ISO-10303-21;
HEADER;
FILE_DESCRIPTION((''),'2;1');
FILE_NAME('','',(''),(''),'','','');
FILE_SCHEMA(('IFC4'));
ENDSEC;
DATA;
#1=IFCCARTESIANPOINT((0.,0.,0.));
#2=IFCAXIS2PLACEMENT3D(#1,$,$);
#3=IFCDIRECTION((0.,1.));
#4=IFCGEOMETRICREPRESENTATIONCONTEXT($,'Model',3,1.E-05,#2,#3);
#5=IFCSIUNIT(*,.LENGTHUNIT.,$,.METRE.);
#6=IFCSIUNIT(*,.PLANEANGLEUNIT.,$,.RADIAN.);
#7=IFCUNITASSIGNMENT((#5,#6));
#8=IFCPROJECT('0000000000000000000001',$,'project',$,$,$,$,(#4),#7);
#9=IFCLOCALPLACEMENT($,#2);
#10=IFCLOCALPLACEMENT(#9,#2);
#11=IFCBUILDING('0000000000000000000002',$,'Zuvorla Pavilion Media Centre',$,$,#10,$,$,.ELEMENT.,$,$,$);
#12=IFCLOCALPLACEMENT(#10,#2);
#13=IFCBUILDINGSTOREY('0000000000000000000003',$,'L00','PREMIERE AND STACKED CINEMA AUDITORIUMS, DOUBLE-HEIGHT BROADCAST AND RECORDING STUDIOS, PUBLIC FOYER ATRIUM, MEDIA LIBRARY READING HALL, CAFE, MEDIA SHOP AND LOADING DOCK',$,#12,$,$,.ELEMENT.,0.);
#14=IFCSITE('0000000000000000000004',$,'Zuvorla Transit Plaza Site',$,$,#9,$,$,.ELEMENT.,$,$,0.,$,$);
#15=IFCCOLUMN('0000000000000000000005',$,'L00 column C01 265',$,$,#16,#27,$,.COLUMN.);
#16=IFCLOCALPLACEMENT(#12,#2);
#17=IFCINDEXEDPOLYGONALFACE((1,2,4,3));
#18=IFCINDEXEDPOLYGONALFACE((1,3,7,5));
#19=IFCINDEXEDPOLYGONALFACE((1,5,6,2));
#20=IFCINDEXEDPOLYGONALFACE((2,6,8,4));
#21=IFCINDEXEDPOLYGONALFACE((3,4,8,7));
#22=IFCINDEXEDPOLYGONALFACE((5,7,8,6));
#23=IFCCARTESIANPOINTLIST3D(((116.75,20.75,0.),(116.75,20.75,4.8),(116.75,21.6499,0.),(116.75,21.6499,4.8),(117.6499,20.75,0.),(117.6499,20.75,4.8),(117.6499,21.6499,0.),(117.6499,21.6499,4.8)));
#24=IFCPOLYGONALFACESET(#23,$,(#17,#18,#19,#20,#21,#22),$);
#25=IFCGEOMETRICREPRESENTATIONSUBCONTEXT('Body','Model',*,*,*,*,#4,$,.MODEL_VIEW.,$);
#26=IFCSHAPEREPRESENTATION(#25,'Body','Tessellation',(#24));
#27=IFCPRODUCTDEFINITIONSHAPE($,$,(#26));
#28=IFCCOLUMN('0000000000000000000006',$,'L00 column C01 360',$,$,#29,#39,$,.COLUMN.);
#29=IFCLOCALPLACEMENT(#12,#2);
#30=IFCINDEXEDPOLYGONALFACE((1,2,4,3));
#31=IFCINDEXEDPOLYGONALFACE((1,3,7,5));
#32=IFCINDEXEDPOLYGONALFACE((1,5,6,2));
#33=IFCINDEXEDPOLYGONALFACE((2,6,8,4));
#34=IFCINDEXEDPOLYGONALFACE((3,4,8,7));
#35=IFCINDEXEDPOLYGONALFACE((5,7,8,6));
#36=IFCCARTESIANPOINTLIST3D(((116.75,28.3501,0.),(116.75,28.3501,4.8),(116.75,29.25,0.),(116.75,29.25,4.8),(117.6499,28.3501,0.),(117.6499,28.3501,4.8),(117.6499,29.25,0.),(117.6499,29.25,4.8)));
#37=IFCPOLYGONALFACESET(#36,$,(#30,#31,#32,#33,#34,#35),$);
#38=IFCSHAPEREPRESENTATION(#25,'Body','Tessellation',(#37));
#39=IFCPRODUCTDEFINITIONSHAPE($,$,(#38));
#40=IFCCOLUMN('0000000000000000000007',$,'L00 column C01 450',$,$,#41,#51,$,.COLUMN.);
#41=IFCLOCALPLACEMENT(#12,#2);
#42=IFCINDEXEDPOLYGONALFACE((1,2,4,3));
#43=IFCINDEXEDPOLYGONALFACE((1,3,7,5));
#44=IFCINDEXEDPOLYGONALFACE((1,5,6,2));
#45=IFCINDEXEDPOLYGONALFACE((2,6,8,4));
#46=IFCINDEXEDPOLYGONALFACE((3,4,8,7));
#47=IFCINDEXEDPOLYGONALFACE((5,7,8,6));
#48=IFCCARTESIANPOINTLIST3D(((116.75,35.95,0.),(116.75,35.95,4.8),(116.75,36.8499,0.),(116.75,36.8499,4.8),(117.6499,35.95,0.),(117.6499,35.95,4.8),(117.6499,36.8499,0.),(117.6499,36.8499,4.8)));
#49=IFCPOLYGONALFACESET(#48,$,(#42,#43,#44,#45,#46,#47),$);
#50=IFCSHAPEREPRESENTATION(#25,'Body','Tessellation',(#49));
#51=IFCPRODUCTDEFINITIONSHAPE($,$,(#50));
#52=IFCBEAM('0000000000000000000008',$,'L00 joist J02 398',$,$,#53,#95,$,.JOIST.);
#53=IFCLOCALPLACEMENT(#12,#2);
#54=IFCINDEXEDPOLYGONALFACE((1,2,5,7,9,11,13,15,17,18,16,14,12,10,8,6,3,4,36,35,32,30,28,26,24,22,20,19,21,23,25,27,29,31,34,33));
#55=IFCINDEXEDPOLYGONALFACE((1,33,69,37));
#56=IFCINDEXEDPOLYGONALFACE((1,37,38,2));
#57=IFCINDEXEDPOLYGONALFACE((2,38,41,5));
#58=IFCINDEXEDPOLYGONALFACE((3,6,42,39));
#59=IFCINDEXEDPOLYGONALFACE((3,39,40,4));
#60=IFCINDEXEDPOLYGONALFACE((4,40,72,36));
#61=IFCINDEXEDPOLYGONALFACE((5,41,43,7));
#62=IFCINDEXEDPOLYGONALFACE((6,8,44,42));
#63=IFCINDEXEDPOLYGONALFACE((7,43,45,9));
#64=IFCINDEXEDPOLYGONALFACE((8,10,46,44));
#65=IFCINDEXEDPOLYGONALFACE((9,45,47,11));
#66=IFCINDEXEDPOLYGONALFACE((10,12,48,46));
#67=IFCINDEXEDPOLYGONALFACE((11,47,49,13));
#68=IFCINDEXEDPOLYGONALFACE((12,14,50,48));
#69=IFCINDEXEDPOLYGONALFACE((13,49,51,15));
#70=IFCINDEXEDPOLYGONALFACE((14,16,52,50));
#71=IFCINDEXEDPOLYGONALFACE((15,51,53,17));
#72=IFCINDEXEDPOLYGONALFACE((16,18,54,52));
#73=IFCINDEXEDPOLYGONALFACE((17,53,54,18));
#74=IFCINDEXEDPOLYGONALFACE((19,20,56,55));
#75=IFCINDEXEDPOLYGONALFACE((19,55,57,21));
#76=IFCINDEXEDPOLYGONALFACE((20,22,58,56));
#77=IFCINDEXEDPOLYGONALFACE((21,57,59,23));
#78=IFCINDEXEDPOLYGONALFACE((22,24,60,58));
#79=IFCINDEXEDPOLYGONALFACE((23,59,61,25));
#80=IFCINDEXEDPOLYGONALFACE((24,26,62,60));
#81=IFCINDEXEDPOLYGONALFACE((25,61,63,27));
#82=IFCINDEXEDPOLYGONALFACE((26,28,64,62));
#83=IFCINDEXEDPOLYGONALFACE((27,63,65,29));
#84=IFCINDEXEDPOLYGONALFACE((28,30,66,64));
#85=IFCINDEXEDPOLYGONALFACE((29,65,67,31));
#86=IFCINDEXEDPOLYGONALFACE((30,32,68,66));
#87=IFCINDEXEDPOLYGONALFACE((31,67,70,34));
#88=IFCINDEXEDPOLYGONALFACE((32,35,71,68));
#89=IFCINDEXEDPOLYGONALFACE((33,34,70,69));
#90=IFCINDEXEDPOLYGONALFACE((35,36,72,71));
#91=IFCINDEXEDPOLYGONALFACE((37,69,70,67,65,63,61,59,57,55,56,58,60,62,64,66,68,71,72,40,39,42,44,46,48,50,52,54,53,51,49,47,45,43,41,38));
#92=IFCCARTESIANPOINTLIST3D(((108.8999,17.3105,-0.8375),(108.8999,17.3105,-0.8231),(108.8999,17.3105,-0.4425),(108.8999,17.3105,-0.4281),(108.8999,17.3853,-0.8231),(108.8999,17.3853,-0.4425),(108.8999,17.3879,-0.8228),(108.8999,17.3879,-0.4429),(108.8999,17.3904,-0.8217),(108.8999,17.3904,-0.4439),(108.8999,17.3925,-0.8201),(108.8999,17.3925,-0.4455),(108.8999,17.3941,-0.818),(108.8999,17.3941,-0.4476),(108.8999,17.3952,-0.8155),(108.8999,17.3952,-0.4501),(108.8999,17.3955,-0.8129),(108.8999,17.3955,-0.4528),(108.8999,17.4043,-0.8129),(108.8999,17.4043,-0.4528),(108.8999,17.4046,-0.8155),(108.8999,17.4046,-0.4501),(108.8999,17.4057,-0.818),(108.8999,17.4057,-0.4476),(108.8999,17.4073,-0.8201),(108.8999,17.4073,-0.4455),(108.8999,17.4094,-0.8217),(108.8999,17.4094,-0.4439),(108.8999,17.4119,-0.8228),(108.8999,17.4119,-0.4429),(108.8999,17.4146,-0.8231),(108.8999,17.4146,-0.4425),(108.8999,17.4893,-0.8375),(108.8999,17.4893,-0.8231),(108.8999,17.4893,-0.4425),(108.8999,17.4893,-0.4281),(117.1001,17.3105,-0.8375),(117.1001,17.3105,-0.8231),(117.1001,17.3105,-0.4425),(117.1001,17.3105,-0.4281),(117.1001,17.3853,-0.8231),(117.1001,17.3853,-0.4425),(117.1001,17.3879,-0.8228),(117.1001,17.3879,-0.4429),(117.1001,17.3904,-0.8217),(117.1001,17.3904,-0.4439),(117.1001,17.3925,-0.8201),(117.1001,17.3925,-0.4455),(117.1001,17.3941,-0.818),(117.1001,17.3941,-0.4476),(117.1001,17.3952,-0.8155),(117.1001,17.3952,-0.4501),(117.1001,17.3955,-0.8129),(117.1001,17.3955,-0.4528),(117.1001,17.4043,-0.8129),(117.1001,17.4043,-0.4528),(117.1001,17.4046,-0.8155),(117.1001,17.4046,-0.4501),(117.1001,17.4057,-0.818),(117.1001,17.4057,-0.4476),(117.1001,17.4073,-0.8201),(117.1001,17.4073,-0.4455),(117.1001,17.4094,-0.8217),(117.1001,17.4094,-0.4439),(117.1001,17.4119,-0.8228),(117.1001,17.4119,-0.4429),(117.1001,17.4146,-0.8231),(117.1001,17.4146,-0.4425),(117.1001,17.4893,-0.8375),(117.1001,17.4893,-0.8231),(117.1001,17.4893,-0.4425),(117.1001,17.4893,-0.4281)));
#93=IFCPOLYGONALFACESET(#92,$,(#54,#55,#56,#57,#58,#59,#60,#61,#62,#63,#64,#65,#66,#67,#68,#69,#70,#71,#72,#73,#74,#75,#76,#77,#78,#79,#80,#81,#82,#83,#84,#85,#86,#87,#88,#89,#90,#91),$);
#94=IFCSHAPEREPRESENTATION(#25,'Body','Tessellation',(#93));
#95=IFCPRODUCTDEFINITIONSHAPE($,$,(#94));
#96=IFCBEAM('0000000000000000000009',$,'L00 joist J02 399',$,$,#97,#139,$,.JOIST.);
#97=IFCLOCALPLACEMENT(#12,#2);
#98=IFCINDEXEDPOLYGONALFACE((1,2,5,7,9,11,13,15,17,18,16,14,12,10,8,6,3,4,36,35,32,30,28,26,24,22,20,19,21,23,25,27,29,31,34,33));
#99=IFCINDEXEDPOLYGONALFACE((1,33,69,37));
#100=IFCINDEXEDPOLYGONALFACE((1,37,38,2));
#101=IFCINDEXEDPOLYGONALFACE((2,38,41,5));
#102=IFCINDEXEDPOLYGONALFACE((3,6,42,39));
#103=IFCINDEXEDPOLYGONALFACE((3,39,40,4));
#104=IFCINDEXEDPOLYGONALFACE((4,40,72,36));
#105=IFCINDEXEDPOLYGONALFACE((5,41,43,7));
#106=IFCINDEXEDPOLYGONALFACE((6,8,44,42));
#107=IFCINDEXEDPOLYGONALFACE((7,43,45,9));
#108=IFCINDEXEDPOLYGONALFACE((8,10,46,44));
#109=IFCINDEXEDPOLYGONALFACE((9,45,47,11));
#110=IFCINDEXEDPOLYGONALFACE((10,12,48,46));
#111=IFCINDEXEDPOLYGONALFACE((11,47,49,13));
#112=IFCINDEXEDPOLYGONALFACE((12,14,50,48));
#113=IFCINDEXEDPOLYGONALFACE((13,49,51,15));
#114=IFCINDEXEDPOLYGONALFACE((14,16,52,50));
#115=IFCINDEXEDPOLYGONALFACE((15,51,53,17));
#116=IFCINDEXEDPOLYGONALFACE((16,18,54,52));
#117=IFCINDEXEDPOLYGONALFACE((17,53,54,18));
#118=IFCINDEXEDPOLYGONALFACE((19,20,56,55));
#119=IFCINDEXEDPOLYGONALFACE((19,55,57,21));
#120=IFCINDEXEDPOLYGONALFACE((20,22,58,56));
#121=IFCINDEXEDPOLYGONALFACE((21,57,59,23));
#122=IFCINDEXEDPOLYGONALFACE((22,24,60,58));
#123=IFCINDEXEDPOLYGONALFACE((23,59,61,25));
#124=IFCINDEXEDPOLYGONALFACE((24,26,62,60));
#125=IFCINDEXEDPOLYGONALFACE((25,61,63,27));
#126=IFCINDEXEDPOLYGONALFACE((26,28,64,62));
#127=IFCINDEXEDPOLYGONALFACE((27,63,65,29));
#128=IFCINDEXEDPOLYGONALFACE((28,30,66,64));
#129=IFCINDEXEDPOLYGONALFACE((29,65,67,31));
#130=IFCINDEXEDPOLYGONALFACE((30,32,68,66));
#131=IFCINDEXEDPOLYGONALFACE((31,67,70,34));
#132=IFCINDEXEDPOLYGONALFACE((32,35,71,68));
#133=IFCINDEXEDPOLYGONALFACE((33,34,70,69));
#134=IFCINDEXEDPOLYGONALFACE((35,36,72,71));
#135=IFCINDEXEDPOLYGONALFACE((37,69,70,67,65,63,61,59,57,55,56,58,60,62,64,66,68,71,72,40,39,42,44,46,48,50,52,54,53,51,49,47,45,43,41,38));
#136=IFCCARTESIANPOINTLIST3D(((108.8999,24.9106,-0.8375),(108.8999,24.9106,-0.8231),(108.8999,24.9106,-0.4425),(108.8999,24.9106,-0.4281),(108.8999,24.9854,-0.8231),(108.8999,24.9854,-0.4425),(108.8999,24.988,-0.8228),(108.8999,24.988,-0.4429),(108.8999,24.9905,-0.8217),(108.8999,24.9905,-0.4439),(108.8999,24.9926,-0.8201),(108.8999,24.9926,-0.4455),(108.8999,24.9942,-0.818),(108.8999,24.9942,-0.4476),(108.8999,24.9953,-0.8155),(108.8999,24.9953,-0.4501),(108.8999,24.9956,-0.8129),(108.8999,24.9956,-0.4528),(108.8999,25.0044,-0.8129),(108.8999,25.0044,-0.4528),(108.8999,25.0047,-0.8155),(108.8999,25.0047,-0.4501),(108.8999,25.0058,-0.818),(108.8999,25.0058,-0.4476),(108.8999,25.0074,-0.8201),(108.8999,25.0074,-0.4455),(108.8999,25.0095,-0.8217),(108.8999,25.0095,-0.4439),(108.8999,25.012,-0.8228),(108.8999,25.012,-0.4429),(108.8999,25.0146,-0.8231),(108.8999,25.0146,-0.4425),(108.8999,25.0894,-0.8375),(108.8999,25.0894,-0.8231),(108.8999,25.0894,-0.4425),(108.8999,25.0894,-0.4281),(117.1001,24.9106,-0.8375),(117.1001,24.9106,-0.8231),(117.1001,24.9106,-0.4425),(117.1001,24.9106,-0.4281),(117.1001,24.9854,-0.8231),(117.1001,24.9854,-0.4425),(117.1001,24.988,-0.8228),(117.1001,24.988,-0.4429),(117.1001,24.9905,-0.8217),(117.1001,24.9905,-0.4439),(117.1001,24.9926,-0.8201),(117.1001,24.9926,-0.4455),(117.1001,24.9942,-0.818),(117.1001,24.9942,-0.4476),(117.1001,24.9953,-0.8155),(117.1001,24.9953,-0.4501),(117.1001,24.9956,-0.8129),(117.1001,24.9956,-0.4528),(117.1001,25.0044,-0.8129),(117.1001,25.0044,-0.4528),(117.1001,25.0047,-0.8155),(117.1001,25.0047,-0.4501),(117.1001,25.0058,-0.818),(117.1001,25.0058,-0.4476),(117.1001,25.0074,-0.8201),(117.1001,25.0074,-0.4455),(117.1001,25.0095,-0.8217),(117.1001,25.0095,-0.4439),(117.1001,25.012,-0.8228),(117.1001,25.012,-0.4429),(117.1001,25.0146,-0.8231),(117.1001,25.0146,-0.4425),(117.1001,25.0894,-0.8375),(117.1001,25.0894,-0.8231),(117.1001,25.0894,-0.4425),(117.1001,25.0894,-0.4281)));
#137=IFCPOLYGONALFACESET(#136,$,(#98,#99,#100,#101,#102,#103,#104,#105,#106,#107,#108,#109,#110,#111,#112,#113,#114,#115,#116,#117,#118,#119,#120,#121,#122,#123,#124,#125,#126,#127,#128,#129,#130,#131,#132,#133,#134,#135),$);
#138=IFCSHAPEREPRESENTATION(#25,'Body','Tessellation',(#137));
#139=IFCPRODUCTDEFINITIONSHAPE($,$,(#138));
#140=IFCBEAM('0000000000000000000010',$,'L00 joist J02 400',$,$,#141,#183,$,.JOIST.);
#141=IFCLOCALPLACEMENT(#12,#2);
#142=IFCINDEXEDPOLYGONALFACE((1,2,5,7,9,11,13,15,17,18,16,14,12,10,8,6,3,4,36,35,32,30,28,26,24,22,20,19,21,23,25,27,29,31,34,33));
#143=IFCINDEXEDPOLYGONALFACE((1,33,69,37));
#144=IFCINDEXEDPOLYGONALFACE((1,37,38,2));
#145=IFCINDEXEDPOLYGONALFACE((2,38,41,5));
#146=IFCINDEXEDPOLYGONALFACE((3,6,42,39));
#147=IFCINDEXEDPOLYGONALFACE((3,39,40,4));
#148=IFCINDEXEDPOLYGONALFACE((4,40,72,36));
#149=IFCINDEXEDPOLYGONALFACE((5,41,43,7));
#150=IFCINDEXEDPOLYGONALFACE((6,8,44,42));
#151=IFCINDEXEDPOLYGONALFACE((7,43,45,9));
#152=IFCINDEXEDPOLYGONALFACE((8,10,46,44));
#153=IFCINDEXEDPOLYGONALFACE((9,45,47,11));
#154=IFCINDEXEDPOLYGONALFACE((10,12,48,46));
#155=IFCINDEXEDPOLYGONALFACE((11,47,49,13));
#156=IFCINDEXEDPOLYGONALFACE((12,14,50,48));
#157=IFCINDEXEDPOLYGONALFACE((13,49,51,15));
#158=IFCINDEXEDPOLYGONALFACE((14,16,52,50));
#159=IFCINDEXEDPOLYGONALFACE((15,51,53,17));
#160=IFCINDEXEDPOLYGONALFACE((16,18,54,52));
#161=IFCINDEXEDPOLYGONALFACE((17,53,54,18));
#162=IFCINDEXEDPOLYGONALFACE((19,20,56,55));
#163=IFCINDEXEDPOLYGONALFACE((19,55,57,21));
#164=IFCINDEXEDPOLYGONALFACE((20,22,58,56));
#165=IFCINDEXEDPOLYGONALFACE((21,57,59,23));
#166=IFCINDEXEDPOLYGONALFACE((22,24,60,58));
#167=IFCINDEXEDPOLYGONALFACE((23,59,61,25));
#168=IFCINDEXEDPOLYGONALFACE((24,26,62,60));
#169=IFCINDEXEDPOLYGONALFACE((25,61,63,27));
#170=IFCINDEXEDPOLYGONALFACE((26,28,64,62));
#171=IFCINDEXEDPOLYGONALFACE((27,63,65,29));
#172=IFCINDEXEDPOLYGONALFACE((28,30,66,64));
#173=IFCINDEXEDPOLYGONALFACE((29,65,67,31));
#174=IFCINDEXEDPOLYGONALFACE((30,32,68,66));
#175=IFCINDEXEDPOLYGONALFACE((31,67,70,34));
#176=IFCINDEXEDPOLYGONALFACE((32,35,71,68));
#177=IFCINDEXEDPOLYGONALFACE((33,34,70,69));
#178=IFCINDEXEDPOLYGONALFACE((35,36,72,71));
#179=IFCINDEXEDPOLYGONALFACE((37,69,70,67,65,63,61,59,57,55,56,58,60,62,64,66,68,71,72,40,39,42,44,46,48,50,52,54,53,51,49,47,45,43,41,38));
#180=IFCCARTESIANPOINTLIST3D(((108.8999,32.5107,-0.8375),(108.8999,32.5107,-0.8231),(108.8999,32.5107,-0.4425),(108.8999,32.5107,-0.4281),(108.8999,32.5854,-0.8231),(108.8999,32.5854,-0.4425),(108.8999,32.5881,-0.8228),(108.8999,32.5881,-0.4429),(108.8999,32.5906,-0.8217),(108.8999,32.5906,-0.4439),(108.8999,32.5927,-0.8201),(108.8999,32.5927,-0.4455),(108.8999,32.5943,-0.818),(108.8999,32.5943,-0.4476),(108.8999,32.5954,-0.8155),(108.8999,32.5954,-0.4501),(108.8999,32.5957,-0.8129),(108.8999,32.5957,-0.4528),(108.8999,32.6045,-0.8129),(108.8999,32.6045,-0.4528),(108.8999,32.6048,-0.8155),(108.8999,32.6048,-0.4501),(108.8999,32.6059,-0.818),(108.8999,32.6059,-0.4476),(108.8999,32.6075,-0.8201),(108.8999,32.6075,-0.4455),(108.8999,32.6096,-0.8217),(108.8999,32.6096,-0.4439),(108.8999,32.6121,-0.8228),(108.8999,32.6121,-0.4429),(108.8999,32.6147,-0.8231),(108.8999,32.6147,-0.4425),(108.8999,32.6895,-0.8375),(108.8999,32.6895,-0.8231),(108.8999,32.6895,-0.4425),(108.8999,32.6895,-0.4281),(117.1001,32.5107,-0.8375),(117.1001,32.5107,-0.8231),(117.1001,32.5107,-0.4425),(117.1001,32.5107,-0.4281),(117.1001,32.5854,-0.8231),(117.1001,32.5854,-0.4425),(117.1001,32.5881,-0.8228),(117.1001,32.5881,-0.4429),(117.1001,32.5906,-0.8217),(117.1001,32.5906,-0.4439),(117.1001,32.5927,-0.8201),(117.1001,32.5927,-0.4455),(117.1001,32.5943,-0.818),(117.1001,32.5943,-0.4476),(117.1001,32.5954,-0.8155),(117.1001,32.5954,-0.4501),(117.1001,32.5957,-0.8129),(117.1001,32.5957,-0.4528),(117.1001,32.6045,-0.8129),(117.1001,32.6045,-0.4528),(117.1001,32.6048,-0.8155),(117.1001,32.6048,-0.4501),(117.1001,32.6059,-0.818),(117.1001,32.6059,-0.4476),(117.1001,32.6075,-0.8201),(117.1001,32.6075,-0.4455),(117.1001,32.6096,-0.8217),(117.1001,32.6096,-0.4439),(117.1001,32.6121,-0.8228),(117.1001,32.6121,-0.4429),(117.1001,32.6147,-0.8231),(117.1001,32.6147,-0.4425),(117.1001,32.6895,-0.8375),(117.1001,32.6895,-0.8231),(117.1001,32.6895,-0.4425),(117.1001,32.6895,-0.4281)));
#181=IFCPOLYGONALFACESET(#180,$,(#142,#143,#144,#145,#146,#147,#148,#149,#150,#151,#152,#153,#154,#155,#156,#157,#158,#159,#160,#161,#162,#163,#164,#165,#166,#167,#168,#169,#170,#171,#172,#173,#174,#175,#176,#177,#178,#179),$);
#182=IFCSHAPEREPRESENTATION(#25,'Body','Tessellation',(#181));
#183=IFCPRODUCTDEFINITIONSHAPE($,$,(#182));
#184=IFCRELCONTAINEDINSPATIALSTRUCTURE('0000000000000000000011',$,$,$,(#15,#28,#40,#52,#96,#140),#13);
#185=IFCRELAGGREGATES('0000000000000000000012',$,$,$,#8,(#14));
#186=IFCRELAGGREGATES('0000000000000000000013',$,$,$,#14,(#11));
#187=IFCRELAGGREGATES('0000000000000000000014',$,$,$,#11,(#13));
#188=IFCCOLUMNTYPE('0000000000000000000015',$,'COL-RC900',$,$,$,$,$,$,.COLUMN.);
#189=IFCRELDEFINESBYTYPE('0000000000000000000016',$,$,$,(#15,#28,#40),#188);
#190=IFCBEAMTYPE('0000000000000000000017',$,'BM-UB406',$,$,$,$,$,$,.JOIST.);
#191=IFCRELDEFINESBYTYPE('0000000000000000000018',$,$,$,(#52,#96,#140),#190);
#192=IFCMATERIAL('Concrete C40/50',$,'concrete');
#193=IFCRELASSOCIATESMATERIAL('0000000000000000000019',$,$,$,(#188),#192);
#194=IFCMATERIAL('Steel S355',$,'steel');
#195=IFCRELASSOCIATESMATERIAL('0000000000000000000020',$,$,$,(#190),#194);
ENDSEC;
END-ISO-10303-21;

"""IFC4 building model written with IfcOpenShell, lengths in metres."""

from ifc_helpers import new_model, si_unit, direction, frame, origin, origin_2d, place, context, subcontext, project, spatial, rectangle, i_section, extrude, material, material_profile, profile_set, type_object, element, save


model = new_model("IFC4")

# Units and contexts
model_context = context("Model", 3, precision=1e-05, world=origin(), true_north=direction((0.0, 1.0)))
body_context = subcontext(model_context, "Body", "Model", "MODEL_VIEW")
ifc_project = project(units=[si_unit("LENGTHUNIT", "METRE"), si_unit("PLANEANGLEUNIT", "RADIAN")], contexts=[model_context])

# Site, building, storey
site_placement = place(None, origin())
site = spatial("IfcSite", under=ifc_project, at=site_placement, Name="Zuvorla Transit Plaza Site", CompositionType="ELEMENT", RefElevation=0.0)
building_placement = place(site_placement, origin())
building = spatial("IfcBuilding", under=site, at=building_placement, Name="Zuvorla Pavilion Media Centre", CompositionType="ELEMENT")
storey_placement = place(building_placement, origin())
storey = spatial("IfcBuildingStorey", under=building, at=storey_placement, Name="L00", Description="PREMIERE AND STACKED CINEMA AUDITORIUMS, DOUBLE-HEIGHT BROADCAST AND RECORDING STUDIOS, PUBLIC FOYER ATRIUM, MEDIA LIBRARY READING HALL, CAFE, MEDIA SHOP AND LOADING DOCK", CompositionType="ELEMENT", Elevation=0.0)

# Columns
ifc_material_1 = material(Name="Concrete C40/50", Category="concrete")
ifc_material_profile_1 = material_profile(ifc_material_1, rectangle(XDim=0.8999, YDim=0.8999, at=origin_2d()), Name="RC 900x900")
ifc_profile_set_1 = profile_set([ifc_material_profile_1], Name="Concrete C40/50")
column_type = type_object("IfcColumnType", Name="COL-RC900", PredefinedType="COLUMN", material=ifc_profile_set_1)
for number, where, z_axis, x_axis, name in (
    (1, (117.2, 21.2, 0.0), (0.0, 0.0, 1.0), (1.0, 0.0, 0.0), "L00 column C01 265"),
    (2, (117.2, 28.8, 0.0), (0.0, 0.0, 1.0), (1.0, 0.0, 0.0), "L00 column C01 360"),
    (3, (117.2, 36.3999, 0.0), (0.0, 0.0, 1.0), (1.0, 0.0, 0.0), "L00 column C01 450"),
):
    element("IfcColumn", number, at=place(storey_placement, frame(where, z_axis=z_axis, x_axis=x_axis)), inside=storey, type_object=column_type, Name=name, PredefinedType="COLUMN", context=body_context, shape_type="SweptSolid", body=[
        extrude(rectangle(XDim=0.8999, YDim=0.8999, at=origin_2d()), origin(), (0.0, 0.0, 1.0), 4.8),
    ])

# Beams
ifc_material_2 = material(Name="Steel S355", Category="steel")
ifc_material_profile_2 = material_profile(ifc_material_2, i_section(OverallWidth=0.1787, OverallDepth=0.4094, WebThickness=0.0088, FlangeThickness=0.0144, FilletRadius=0.0103, at=origin_2d()), Name="UB 406x178x67")
ifc_profile_set_2 = profile_set([ifc_material_profile_2], Name="Steel S355")
beam_type_1 = type_object("IfcBeamType", Name="BM-UB406", PredefinedType="JOIST", material=ifc_profile_set_2)
for number, where, z_axis, x_axis, name in (
    (4, (108.8999, 17.3999, -0.6328), (1.0, 0.0, 0.0), (0.0, 1.0, 0.0), "L00 joist J02 398"),
    (5, (108.8999, 25.0, -0.6328), (1.0, 0.0, 0.0), (0.0, 1.0, 0.0), "L00 joist J02 399"),
    (6, (108.8999, 32.6001, -0.6328), (1.0, 0.0, 0.0), (0.0, 1.0, 0.0), "L00 joist J02 400"),
):
    element("IfcBeam", number, at=place(storey_placement, frame(where, z_axis=z_axis, x_axis=x_axis)), inside=storey, type_object=beam_type_1, Name=name, PredefinedType="JOIST", context=body_context, shape_type="SweptSolid", body=[
        extrude(i_section(OverallWidth=0.1787, OverallDepth=0.4094, WebThickness=0.0088, FlangeThickness=0.0144, FilletRadius=0.0103, at=origin_2d()), origin(), (0.0, 0.0, 1.0), 8.2002),
    ])

save(model, "model.ifc")
